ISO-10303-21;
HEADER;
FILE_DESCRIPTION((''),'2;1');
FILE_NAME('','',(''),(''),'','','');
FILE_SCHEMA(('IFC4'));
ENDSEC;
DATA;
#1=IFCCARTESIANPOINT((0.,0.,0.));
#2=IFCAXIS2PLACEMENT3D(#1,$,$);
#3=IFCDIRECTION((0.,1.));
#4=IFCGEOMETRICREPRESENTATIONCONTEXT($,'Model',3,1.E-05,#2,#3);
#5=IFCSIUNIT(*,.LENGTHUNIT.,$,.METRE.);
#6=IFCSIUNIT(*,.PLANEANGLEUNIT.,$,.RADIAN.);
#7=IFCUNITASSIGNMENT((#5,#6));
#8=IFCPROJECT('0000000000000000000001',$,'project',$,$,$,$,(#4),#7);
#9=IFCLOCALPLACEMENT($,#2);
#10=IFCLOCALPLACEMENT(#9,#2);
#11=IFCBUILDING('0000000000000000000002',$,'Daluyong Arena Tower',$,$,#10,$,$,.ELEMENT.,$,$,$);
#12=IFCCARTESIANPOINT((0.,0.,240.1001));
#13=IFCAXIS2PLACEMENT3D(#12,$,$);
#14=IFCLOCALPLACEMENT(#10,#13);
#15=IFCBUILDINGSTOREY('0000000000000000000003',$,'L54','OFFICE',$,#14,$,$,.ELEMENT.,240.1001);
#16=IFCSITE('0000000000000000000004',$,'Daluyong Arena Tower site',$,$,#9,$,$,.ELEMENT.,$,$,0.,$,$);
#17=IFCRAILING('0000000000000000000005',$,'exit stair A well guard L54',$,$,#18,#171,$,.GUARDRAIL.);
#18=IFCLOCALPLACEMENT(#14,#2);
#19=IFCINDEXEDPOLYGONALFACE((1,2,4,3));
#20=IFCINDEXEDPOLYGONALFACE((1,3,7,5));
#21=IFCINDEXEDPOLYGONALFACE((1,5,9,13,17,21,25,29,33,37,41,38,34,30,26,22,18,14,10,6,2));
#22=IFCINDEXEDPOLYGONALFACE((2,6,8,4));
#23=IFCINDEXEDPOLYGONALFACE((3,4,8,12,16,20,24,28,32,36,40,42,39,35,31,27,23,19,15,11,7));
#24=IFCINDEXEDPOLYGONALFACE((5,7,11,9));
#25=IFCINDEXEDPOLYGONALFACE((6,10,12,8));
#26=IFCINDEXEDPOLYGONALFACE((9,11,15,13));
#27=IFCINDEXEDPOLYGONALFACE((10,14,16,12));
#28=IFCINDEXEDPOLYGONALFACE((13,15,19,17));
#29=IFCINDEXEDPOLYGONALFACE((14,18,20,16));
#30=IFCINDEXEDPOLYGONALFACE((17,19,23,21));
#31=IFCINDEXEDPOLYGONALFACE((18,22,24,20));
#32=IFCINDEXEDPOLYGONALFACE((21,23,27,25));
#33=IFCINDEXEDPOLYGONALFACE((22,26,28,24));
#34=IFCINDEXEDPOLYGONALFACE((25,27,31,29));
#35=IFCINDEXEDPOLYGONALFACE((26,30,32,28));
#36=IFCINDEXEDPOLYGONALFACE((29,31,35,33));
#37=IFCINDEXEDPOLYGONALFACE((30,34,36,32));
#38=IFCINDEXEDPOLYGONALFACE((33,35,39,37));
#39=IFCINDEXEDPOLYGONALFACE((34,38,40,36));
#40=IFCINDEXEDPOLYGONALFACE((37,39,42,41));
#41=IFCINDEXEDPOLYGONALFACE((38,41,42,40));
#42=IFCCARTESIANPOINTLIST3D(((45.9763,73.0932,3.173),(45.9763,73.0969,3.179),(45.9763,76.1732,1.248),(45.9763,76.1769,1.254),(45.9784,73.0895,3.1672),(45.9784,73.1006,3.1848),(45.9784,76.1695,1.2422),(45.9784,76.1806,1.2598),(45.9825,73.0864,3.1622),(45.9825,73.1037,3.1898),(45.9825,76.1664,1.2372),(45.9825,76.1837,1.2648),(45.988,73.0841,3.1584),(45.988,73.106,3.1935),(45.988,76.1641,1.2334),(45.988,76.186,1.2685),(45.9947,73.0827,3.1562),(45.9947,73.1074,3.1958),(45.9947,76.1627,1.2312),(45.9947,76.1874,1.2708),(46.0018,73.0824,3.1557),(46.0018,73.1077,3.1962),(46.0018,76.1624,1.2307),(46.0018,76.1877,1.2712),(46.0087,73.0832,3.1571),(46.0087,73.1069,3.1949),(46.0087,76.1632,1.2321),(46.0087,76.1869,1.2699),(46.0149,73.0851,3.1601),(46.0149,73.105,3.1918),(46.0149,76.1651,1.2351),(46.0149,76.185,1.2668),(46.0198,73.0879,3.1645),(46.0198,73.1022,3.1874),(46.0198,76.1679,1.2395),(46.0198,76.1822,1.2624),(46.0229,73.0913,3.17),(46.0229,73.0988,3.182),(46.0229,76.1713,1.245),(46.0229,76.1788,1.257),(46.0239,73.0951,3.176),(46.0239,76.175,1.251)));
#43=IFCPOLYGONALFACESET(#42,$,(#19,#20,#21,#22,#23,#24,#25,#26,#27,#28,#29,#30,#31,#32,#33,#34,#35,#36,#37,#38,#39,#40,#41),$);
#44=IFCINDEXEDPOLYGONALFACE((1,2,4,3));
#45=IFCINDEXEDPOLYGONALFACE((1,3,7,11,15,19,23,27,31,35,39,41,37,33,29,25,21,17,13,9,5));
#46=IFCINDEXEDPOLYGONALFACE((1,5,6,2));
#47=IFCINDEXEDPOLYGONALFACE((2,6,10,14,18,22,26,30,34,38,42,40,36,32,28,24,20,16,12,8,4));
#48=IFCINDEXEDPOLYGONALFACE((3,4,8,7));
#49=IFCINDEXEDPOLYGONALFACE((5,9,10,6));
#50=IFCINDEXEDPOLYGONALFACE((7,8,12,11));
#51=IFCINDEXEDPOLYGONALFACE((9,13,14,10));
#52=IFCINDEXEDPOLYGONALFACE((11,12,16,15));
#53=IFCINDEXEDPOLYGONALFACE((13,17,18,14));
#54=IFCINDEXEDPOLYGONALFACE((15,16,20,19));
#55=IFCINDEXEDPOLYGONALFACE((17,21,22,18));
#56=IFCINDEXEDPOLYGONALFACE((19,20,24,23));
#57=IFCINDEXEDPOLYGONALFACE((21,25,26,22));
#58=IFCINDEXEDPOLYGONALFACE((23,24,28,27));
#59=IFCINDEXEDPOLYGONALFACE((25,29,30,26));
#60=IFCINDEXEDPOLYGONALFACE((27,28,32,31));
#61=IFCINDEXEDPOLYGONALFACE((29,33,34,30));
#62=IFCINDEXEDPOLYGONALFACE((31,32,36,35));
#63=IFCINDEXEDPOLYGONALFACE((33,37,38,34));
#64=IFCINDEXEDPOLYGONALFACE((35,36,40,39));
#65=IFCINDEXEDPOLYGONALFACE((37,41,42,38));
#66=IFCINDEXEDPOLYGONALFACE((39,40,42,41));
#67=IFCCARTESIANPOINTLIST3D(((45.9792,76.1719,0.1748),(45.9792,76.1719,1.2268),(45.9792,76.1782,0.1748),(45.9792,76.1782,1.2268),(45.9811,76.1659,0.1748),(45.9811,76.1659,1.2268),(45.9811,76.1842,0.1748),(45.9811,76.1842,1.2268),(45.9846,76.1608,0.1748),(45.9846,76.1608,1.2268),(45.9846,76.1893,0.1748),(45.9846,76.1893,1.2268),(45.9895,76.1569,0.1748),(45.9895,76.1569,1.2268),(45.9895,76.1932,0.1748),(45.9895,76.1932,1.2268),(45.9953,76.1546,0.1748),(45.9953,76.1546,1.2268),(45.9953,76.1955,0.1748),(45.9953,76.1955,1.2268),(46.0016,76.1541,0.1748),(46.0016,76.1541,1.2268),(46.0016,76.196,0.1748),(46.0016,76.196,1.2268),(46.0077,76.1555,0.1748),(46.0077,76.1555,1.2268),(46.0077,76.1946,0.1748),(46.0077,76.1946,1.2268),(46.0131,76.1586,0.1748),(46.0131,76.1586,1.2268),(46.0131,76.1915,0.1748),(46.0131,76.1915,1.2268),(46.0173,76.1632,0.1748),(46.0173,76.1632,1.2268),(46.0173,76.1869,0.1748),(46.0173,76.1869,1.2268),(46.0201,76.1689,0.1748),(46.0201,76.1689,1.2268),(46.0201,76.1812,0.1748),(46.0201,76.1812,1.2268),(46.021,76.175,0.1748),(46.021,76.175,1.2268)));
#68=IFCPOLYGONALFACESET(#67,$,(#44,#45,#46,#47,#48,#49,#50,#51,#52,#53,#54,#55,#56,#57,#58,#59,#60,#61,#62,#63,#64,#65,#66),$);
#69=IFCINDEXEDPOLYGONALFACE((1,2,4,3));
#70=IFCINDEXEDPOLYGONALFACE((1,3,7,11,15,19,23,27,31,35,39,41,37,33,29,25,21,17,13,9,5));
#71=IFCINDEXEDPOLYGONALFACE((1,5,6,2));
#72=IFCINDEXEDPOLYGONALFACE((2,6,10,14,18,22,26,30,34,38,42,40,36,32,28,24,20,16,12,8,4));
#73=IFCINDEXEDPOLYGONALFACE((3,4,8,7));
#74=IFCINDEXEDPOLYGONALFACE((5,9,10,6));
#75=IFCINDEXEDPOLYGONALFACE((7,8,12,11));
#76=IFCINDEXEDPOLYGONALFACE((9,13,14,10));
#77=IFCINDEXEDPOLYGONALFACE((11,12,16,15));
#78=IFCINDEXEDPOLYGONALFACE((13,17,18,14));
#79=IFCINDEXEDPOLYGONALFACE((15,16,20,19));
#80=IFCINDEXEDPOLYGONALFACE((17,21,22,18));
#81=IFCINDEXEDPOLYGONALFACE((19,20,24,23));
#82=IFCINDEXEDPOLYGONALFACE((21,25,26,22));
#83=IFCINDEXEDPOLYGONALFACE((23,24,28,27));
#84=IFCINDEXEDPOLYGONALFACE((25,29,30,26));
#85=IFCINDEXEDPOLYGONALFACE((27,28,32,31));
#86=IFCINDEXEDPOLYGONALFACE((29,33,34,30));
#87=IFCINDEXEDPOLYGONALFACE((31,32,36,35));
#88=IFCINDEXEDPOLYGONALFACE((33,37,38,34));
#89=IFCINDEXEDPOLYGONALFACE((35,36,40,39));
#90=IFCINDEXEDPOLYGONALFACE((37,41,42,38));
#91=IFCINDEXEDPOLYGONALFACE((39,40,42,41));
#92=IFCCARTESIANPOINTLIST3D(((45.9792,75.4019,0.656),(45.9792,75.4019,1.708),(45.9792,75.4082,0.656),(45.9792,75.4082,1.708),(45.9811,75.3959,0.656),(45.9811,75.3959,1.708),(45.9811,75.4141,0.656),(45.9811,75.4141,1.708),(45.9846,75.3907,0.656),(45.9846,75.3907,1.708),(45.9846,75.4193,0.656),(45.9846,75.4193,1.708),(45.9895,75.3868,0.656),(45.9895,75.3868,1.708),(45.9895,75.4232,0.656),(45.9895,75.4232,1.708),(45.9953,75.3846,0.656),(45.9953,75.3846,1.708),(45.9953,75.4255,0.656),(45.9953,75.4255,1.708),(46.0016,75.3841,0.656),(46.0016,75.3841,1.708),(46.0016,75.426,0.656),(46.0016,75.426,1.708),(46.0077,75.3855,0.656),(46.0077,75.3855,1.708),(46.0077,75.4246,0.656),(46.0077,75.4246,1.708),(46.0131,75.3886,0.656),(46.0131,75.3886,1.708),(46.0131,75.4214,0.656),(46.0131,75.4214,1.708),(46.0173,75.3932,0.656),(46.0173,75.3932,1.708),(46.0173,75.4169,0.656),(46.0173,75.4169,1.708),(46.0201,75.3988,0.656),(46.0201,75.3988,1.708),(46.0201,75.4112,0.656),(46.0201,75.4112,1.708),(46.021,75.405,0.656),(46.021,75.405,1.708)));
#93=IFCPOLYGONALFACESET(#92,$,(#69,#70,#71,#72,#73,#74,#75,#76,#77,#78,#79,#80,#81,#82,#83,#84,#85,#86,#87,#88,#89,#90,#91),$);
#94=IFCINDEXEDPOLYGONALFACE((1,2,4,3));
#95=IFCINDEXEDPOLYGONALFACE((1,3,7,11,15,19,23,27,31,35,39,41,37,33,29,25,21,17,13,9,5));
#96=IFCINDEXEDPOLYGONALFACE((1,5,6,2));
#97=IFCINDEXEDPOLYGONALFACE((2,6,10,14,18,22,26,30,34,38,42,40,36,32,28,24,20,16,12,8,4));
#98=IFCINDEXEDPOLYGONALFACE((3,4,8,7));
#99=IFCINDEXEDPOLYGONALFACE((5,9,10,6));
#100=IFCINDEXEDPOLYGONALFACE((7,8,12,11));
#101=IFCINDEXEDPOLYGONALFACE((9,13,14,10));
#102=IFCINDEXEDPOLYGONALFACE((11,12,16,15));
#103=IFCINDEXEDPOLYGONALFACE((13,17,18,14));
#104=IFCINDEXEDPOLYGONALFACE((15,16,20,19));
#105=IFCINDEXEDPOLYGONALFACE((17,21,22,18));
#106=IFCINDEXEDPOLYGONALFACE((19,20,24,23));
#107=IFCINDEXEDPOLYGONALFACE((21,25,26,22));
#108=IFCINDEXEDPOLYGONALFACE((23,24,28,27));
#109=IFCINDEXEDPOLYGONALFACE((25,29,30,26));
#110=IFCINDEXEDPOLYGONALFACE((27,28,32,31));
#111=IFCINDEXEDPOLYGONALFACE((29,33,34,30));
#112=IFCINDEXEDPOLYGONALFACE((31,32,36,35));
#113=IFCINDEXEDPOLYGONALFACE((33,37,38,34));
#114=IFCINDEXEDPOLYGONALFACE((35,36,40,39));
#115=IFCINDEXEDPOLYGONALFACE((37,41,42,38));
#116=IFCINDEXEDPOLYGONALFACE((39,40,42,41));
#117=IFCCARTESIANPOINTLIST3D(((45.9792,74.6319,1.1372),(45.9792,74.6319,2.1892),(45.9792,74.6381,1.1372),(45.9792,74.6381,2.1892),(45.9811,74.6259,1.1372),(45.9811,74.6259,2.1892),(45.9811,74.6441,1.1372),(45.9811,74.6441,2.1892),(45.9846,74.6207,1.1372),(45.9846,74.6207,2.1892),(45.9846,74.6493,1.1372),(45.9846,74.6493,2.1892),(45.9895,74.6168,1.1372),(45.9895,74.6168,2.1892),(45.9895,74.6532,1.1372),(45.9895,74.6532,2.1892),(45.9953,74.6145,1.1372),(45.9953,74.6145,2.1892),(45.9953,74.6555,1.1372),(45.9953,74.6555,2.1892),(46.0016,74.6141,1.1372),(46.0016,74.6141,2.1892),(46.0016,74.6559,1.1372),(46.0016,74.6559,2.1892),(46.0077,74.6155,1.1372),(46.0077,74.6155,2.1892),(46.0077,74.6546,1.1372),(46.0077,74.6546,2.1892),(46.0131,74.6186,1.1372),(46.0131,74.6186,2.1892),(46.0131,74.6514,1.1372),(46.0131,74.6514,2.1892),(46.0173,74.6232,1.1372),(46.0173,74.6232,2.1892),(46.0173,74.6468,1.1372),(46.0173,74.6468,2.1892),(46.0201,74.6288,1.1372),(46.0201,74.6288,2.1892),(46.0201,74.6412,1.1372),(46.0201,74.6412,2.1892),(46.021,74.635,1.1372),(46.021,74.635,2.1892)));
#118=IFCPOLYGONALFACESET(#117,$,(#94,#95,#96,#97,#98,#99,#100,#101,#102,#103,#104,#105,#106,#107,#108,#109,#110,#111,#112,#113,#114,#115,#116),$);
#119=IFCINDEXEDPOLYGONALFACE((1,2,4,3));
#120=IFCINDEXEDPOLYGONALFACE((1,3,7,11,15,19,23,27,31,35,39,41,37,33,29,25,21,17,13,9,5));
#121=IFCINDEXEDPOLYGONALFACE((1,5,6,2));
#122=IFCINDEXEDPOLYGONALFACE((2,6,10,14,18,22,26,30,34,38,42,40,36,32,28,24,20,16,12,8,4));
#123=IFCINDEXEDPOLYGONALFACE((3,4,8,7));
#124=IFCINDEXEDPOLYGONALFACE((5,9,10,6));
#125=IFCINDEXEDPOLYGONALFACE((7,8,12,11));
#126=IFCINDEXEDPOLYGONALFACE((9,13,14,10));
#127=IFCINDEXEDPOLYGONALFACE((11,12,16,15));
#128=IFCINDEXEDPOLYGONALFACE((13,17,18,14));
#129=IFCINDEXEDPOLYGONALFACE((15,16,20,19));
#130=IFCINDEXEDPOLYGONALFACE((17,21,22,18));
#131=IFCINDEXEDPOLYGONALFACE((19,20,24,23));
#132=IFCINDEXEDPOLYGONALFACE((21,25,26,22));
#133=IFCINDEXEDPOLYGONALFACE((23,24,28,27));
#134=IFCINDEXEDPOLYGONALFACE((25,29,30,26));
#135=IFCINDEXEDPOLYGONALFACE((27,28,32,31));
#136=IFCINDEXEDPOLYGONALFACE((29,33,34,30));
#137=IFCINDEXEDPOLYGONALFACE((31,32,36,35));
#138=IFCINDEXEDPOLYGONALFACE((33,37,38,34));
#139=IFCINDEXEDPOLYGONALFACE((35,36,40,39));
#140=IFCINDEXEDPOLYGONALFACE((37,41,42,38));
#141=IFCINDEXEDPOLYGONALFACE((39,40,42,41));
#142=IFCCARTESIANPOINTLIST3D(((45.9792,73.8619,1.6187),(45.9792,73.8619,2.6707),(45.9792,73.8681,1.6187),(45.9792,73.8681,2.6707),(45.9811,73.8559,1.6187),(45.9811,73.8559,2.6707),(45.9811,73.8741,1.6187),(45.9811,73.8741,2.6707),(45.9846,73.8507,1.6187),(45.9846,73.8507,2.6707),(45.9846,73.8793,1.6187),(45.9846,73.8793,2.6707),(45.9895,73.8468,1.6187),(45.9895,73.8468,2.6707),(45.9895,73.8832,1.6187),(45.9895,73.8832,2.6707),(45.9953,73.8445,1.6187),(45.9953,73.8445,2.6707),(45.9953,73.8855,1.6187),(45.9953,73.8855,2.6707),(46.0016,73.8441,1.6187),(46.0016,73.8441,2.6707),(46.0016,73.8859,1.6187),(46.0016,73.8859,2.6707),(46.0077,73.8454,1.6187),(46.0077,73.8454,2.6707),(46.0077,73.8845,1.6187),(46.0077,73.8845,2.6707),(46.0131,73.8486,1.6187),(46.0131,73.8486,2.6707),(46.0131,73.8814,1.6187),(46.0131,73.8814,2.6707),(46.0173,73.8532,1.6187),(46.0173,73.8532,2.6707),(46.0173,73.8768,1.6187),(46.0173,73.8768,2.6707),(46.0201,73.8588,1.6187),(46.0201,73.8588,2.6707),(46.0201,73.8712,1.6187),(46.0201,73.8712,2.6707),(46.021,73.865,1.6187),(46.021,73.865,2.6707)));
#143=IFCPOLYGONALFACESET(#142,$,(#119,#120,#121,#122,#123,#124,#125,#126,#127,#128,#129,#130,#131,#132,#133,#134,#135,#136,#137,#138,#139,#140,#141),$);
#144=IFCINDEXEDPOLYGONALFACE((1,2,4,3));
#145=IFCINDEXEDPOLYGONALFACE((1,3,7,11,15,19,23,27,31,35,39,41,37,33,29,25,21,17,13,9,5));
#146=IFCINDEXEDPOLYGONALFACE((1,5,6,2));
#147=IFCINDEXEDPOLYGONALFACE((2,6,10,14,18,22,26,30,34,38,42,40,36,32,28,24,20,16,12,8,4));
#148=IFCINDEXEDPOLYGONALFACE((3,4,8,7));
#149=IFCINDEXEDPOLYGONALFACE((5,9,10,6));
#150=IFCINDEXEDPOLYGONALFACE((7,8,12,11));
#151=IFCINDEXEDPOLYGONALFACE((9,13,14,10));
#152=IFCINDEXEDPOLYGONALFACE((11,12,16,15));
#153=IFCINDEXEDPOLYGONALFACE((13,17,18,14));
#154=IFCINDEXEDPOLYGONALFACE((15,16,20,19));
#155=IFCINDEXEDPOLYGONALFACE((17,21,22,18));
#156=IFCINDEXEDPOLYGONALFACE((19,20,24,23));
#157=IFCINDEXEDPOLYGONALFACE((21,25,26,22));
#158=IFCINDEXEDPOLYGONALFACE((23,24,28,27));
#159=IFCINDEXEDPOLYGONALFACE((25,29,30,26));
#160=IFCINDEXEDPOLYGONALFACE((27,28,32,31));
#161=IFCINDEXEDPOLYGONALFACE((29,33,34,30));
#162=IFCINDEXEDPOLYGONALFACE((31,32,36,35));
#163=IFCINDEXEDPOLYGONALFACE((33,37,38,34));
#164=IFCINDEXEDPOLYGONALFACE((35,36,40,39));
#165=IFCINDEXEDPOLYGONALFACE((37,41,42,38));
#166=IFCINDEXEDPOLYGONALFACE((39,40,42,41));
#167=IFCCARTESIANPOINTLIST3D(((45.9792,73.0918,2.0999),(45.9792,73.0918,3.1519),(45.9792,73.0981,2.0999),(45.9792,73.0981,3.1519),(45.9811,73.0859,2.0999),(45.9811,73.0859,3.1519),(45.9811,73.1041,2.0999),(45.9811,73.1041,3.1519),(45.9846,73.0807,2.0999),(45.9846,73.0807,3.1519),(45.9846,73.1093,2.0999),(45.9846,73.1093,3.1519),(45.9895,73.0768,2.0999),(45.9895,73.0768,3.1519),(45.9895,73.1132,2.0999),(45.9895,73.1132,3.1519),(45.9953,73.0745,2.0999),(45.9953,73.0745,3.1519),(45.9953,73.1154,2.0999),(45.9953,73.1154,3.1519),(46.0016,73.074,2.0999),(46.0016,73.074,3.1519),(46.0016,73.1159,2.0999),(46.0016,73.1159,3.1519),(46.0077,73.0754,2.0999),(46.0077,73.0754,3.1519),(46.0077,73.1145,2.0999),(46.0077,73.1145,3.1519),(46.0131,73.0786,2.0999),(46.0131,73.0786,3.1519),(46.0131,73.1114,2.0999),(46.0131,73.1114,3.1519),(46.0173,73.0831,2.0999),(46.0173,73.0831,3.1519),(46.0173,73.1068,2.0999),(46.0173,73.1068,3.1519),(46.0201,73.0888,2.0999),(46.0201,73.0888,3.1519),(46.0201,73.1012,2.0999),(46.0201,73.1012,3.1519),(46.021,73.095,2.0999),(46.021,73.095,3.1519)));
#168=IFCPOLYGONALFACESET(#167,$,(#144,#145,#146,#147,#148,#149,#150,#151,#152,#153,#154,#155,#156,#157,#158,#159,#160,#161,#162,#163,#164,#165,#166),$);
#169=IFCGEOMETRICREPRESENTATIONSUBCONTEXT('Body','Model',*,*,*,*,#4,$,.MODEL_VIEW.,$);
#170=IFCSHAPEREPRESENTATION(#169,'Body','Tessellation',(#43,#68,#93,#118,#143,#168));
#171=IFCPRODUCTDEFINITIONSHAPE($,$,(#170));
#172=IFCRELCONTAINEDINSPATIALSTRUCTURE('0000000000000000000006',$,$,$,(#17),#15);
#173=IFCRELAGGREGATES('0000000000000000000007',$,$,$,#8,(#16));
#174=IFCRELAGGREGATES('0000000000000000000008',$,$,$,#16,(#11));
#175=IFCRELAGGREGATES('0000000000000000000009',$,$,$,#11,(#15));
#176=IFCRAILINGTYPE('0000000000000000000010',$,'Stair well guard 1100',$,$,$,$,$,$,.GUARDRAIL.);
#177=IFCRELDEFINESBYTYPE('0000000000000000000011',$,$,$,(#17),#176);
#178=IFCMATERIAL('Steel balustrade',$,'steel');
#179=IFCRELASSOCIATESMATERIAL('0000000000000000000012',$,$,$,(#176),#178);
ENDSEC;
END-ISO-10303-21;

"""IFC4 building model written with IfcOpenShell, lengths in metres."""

from ifc_helpers import new_model, si_unit, direction, frame, origin, origin_2d, place, context, subcontext, project, spatial, circle, extrude, material, type_object, element, save


model = new_model("IFC4")

# Units and contexts
model_context = context("Model", 3, precision=1e-05, world=origin(), true_north=direction((0.0, 1.0)))
body_context = subcontext(model_context, "Body", "Model", "MODEL_VIEW")
ifc_project = project(units=[si_unit("LENGTHUNIT", "METRE"), si_unit("PLANEANGLEUNIT", "RADIAN")], contexts=[model_context])

# Site, building, storey
site_placement = place(None, origin())
site = spatial("IfcSite", under=ifc_project, at=site_placement, Name="Daluyong Arena Tower site", CompositionType="ELEMENT", RefElevation=0.0)
building_placement = place(site_placement, origin())
building = spatial("IfcBuilding", under=site, at=building_placement, Name="Daluyong Arena Tower", CompositionType="ELEMENT")
storey_placement = place(building_placement, frame((0.0, 0.0, 240.1001)))
storey = spatial("IfcBuildingStorey", under=building, at=storey_placement, Name="L54", Description="OFFICE", CompositionType="ELEMENT", Elevation=240.1001)

# Railing
ifc_material_1 = material(Name="Steel balustrade", Category="steel")
railing_type_1 = type_object("IfcRailingType", Name="Stair well guard 1100", PredefinedType="GUARDRAIL", material=ifc_material_1)
railing_1_placement = place(storey_placement, frame((46.0, 76.175, 0.1748)))
element("IfcRailing", 1, at=railing_1_placement, inside=storey, type_object=railing_type_1, Name="exit stair A well guard L54", PredefinedType="GUARDRAIL", context=body_context, shape_type="SweptSolid", body=[
    extrude(circle(Radius=0.0239, at=origin_2d()), frame((0.0, 0.0, 1.0762), z_axis=(0.0, -0.847998, 0.529999), x_axis=(1.0, 0.0, 0.0)), (0.0, 0.0, 1.0), 3.6321),
    extrude(circle(Radius=0.021, at=origin_2d()), origin(), (0.0, 0.0, 1.0), 1.052),
    extrude(circle(Radius=0.021, at=origin_2d()), frame((0.0, -0.77, 0.4812)), (0.0, 0.0, 1.0), 1.052),
    extrude(circle(Radius=0.021, at=origin_2d()), frame((0.0, -1.54, 0.9624)), (0.0, 0.0, 1.0), 1.052),
    extrude(circle(Radius=0.021, at=origin_2d()), frame((0.0, -2.3101, 1.4438)), (0.0, 0.0, 1.0), 1.052),
    extrude(circle(Radius=0.021, at=origin_2d()), frame((0.0, -3.0801, 1.925)), (0.0, 0.0, 1.0), 1.052),
])

save(model, "model.ifc")
